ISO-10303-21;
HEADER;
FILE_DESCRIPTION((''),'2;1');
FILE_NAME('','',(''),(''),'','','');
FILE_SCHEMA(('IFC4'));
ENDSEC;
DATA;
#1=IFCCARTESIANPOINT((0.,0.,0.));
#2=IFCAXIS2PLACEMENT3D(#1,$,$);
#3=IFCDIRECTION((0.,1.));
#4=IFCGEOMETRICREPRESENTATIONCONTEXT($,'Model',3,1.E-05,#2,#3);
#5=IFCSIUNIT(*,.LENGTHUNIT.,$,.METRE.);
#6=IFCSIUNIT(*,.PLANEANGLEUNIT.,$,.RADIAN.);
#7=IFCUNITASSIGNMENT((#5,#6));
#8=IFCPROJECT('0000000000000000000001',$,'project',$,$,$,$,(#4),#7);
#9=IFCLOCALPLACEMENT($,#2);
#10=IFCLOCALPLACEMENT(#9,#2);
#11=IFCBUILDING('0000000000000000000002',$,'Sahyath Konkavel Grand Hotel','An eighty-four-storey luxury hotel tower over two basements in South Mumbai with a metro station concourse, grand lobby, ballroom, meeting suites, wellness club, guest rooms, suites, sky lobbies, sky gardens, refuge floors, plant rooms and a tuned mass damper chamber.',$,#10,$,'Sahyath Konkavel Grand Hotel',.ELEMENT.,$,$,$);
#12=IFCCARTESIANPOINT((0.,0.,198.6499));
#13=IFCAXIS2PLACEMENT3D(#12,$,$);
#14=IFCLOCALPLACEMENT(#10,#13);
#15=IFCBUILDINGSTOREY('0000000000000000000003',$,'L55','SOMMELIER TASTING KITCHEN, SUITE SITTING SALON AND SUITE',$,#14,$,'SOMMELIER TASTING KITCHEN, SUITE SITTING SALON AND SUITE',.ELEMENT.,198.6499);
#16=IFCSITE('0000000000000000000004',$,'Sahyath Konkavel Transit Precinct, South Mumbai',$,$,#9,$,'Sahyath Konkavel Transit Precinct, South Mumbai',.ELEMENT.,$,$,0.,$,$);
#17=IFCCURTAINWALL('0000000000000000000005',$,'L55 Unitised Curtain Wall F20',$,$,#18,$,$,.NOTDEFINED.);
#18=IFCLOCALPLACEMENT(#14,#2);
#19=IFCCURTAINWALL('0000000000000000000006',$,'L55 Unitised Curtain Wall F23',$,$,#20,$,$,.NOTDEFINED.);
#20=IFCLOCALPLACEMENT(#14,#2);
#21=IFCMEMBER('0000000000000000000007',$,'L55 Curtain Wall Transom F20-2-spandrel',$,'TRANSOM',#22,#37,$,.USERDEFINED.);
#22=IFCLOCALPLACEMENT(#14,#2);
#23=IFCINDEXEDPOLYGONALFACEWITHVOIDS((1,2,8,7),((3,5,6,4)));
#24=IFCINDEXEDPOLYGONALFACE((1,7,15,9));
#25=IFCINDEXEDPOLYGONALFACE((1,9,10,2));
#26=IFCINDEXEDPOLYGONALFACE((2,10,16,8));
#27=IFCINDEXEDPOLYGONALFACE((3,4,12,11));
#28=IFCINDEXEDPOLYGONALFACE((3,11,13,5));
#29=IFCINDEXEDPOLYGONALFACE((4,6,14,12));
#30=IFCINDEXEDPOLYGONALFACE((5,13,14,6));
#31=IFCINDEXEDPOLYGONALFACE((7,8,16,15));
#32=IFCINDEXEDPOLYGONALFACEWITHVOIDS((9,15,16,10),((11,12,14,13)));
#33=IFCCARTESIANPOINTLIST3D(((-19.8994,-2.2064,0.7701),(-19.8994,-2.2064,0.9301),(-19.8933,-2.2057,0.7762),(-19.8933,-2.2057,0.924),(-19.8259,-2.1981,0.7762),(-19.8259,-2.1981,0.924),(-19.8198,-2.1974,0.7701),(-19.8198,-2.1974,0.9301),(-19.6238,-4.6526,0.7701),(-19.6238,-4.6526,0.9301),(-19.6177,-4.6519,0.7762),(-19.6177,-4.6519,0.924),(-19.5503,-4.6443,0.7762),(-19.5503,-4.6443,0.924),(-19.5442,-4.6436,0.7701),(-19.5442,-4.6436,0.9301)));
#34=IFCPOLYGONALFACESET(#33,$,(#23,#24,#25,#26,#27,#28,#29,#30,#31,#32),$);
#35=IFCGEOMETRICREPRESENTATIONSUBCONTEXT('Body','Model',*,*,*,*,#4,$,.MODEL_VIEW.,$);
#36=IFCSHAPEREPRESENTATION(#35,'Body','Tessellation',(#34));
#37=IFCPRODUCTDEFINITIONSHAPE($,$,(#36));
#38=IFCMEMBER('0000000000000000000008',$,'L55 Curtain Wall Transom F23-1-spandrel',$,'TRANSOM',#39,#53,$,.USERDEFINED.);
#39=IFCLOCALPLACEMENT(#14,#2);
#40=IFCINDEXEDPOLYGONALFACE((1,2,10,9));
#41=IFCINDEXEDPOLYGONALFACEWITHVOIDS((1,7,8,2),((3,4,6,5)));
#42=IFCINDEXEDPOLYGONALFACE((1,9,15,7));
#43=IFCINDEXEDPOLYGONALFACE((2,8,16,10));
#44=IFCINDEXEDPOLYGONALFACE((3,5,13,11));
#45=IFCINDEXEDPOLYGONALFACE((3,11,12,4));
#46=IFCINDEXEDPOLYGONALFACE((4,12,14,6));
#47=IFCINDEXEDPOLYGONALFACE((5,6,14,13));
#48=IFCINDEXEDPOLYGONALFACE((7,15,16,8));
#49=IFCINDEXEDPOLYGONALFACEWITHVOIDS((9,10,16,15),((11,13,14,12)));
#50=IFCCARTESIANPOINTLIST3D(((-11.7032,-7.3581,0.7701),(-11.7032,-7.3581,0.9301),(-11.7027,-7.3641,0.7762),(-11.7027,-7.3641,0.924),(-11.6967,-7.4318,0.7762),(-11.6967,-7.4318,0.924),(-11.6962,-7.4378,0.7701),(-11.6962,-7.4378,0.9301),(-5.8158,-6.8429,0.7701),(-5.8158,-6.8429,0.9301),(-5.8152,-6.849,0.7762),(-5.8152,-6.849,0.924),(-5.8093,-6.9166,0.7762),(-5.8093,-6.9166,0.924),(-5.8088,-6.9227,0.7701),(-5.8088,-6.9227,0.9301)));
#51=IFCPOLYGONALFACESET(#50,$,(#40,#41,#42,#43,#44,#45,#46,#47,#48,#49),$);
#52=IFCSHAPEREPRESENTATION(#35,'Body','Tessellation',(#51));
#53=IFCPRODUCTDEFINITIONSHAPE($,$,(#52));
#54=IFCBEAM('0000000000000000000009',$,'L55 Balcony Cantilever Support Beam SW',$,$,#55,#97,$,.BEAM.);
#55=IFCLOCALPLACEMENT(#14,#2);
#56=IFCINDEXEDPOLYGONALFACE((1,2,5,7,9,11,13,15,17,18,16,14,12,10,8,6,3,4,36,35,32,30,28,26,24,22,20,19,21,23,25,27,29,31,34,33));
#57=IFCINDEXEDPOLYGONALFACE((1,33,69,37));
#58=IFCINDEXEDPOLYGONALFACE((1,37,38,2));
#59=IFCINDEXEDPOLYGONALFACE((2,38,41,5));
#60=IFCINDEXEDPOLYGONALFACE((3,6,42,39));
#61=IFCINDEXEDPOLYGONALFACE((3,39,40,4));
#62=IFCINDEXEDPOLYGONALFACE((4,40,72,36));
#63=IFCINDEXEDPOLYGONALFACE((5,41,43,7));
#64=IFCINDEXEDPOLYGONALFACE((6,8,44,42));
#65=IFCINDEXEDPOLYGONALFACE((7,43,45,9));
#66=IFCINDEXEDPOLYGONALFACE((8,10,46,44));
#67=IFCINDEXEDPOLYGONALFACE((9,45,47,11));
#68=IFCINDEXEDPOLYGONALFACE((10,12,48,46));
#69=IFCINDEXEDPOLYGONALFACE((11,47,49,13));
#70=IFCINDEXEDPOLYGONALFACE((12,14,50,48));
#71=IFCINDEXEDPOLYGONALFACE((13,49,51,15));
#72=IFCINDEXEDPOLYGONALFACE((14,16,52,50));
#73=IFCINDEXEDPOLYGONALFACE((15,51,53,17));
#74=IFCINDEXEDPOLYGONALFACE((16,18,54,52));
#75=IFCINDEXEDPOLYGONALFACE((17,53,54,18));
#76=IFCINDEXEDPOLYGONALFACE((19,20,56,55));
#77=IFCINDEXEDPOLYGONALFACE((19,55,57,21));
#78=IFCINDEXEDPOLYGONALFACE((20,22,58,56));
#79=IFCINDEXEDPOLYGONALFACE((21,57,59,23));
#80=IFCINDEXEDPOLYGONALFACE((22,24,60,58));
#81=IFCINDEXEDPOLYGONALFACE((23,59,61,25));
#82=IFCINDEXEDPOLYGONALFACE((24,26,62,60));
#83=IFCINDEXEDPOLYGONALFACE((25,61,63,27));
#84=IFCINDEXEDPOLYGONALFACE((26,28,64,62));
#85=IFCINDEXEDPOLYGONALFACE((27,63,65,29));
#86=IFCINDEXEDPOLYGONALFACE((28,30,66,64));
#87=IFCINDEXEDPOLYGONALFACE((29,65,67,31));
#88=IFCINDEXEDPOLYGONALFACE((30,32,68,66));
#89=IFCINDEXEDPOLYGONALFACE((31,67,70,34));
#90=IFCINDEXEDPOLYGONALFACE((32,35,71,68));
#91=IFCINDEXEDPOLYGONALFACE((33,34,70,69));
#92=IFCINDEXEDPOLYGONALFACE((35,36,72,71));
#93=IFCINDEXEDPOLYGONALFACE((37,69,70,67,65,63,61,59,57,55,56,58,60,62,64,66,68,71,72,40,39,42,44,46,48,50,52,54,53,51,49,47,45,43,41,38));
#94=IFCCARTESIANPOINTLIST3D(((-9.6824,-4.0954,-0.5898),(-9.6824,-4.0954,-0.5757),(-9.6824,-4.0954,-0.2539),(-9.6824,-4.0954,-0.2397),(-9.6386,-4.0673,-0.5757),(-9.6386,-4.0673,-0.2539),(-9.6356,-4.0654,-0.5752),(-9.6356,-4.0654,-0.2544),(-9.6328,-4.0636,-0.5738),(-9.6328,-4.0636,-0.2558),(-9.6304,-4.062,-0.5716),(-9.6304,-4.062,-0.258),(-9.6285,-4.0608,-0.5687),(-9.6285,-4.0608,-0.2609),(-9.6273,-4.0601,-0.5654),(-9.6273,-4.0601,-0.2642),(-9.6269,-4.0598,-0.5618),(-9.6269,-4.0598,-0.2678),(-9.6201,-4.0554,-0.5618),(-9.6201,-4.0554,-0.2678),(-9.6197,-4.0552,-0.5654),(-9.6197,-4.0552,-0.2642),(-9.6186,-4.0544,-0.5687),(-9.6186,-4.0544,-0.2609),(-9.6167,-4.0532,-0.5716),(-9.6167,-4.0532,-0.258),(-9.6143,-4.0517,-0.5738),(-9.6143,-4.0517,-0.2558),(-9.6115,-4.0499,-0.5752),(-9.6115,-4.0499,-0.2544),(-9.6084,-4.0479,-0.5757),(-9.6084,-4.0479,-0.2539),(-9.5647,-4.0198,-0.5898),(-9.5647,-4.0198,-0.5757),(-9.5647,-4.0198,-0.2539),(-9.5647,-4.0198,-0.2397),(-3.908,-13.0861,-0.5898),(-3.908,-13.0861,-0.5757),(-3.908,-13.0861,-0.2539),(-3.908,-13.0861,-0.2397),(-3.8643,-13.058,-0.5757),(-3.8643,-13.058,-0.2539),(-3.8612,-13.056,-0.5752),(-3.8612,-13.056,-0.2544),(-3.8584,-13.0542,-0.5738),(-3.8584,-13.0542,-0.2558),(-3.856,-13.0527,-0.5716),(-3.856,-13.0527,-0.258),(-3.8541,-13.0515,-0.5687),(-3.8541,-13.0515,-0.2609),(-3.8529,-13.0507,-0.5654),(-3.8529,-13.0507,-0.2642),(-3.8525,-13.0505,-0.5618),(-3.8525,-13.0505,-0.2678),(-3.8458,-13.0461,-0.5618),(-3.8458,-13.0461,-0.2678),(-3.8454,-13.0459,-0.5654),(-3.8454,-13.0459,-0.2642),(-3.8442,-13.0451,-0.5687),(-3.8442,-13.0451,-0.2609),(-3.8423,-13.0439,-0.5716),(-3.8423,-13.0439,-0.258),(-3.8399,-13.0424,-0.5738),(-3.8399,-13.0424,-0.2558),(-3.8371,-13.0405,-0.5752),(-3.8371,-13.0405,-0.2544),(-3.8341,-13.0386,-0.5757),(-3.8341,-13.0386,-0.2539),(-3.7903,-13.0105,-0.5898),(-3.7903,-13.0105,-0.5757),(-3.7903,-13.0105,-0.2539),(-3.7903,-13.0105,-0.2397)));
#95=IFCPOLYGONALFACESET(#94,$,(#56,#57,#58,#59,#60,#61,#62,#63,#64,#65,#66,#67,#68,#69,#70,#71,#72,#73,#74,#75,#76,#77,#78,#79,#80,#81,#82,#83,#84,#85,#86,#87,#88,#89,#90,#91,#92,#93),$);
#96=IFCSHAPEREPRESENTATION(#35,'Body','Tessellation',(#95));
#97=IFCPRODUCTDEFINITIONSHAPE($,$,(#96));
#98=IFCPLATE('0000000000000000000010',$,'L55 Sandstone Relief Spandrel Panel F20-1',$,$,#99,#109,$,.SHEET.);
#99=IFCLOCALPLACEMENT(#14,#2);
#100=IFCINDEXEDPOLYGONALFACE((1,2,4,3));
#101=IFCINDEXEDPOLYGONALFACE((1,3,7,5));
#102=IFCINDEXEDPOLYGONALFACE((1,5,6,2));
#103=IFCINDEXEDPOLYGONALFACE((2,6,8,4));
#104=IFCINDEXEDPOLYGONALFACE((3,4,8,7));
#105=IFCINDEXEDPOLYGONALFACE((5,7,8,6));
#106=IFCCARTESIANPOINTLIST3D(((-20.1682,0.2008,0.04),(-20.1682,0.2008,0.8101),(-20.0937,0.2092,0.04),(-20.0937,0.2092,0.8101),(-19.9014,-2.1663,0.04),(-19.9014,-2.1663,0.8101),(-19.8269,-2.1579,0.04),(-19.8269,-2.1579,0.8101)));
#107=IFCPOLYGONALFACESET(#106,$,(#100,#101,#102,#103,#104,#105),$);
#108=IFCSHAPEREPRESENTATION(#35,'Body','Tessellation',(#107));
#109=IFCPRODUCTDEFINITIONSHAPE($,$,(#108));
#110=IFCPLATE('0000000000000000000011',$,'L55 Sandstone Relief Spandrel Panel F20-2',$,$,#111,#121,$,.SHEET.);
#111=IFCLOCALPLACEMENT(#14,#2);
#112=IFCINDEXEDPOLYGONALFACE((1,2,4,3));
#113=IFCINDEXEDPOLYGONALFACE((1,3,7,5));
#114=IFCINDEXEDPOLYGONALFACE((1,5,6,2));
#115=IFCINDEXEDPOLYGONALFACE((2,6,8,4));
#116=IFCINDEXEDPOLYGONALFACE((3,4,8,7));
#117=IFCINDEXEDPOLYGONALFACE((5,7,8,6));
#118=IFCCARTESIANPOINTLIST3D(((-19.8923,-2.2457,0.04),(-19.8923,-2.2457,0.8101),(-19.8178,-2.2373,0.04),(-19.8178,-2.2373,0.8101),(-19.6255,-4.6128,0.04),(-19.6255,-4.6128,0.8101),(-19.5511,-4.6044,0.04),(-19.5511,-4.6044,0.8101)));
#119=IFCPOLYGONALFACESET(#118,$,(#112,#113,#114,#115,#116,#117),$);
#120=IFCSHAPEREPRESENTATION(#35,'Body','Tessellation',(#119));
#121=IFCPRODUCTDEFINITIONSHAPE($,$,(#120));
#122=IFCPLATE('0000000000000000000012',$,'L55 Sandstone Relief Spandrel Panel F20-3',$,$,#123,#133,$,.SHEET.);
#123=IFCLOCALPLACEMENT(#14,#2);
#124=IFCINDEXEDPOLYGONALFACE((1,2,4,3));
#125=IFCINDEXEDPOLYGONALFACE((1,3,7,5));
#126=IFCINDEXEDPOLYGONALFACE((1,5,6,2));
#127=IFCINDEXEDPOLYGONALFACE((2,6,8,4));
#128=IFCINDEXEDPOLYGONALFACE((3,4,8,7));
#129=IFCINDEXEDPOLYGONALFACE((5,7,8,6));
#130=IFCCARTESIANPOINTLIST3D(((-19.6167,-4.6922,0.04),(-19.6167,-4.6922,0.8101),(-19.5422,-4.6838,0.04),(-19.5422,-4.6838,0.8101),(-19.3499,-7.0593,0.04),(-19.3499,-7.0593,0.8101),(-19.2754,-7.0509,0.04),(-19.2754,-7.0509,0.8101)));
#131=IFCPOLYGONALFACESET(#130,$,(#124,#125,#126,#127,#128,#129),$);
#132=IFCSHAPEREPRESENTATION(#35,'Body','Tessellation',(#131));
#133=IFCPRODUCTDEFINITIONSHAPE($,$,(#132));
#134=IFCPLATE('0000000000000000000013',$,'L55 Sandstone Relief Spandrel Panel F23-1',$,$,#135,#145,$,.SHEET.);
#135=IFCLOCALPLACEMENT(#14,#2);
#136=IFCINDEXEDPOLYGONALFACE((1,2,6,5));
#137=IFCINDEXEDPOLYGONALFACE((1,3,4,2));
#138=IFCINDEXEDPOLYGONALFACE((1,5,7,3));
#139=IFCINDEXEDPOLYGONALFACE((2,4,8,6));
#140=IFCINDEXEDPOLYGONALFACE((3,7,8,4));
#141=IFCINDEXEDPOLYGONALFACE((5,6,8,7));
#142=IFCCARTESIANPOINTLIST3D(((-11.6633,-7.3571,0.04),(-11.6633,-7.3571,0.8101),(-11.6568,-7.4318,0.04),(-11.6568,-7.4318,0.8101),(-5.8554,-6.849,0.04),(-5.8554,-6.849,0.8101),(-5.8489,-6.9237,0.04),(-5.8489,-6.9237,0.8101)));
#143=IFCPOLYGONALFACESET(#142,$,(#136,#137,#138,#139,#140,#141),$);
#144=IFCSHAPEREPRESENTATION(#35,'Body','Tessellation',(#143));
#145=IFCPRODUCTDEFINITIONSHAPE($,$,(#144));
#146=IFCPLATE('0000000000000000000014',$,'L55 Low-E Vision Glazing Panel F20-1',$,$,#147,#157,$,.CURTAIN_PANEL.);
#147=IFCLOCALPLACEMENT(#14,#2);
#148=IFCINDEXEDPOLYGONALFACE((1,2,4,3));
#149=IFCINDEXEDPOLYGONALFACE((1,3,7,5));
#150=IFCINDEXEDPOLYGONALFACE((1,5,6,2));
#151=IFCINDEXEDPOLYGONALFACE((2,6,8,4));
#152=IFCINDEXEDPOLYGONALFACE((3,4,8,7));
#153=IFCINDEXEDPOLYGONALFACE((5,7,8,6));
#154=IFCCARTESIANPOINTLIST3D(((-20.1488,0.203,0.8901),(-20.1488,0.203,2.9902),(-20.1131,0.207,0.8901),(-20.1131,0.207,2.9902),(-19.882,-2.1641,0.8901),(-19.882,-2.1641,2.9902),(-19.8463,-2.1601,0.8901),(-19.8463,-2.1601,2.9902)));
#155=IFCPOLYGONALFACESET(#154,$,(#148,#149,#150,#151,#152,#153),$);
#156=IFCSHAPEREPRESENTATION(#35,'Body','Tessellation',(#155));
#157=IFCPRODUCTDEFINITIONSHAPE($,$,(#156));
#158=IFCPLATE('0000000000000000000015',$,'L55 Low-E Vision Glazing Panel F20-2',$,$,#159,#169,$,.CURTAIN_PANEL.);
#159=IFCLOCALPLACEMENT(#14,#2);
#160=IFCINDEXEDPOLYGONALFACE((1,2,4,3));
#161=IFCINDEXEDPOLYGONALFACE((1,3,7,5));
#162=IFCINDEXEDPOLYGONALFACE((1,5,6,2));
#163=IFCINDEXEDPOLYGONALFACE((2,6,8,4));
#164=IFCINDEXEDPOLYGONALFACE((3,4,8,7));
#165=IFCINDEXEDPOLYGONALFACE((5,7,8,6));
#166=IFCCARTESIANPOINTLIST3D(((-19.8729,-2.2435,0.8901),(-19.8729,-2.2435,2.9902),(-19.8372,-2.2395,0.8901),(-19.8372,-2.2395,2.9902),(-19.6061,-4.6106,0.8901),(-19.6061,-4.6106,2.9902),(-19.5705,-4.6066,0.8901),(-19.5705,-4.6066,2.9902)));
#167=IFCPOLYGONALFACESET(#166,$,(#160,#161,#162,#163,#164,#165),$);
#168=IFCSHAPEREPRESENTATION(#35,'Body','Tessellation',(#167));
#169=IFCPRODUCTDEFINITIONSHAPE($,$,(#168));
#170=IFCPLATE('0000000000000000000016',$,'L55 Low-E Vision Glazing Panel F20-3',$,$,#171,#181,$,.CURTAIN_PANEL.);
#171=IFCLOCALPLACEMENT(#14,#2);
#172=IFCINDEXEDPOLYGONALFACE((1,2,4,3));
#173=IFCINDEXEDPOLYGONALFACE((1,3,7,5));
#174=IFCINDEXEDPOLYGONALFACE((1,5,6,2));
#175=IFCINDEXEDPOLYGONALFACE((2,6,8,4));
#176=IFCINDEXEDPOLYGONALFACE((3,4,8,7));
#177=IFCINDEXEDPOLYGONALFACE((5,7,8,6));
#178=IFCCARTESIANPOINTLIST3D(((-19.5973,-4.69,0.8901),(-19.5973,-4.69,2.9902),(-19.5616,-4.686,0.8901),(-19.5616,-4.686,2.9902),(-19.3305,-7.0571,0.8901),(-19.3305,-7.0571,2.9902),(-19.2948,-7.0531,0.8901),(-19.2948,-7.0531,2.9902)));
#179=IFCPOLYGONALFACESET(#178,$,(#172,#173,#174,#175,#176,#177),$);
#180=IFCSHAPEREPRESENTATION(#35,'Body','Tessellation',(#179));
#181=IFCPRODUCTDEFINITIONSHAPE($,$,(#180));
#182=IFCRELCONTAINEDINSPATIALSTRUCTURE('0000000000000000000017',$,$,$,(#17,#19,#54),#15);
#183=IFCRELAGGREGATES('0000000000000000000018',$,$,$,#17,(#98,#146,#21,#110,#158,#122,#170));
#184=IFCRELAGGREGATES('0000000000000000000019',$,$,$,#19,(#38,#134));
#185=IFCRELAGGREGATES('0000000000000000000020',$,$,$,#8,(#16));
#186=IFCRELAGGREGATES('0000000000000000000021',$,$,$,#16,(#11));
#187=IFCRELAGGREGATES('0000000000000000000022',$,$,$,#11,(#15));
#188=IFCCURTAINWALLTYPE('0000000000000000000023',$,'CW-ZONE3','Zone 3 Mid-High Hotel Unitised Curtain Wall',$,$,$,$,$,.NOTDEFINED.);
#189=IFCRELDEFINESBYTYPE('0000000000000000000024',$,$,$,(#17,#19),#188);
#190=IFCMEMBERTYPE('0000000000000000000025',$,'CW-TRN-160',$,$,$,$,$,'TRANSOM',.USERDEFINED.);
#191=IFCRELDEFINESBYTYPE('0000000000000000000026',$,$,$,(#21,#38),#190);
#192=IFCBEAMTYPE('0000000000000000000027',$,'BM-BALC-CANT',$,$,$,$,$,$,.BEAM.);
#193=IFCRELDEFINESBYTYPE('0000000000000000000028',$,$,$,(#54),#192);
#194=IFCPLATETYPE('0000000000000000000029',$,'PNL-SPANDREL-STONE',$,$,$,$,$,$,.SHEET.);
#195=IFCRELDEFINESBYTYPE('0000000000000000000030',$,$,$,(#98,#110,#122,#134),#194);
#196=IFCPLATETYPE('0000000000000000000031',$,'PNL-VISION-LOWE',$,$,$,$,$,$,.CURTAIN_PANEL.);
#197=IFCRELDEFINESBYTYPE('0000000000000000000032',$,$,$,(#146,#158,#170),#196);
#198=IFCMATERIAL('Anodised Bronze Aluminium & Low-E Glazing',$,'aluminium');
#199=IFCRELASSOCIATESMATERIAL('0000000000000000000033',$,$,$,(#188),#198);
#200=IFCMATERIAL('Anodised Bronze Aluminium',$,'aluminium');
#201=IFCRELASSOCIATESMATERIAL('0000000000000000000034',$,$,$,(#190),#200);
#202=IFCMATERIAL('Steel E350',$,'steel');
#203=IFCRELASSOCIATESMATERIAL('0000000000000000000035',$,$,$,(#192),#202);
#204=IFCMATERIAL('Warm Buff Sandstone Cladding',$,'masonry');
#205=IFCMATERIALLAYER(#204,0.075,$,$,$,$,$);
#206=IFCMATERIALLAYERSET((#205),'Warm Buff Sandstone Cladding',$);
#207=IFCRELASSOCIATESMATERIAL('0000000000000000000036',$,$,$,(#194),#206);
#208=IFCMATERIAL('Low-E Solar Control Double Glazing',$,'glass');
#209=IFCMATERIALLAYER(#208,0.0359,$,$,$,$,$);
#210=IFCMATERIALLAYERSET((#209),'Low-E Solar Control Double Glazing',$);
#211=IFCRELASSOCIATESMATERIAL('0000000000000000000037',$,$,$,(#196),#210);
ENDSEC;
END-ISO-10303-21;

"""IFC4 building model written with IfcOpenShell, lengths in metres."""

from ifc_helpers import new_model, si_unit, direction, frame, origin, origin_2d, place, context, subcontext, project, spatial, rectangle, hollow_rectangle, i_section, extrude, source, transform, mapped, material, layer, layer_set, material_profile, profile_set, type_object, element, aggregate, save


model = new_model("IFC4")

# Units and contexts
model_context = context("Model", 3, precision=1e-05, world=origin(), true_north=direction((0.0, 1.0)))
body_context = subcontext(model_context, "Body", "Model", "MODEL_VIEW")
ifc_project = project(units=[si_unit("LENGTHUNIT", "METRE"), si_unit("PLANEANGLEUNIT", "RADIAN")], contexts=[model_context])

# Site, building, storey
site_placement = place(None, origin())
site = spatial("IfcSite", under=ifc_project, at=site_placement, Name="Sahyath Konkavel Transit Precinct, South Mumbai", LongName="Sahyath Konkavel Transit Precinct, South Mumbai", CompositionType="ELEMENT", RefElevation=0.0)
building_placement = place(site_placement, origin())
building = spatial("IfcBuilding", under=site, at=building_placement, Name="Sahyath Konkavel Grand Hotel", Description="An eighty-four-storey luxury hotel tower over two basements in South Mumbai with a metro station concourse, grand lobby, ballroom, meeting suites, wellness club, guest rooms, suites, sky lobbies, sky gardens, refuge floors, plant rooms and a tuned mass damper chamber.", LongName="Sahyath Konkavel Grand Hotel", CompositionType="ELEMENT")
storey_placement = place(building_placement, frame((0.0, 0.0, 198.6499)))
storey = spatial("IfcBuildingStorey", under=building, at=storey_placement, Name="L55", Description="SOMMELIER TASTING KITCHEN, SUITE SITTING SALON AND SUITE", LongName="SOMMELIER TASTING KITCHEN, SUITE SITTING SALON AND SUITE", CompositionType="ELEMENT", Elevation=198.6499)

# Shared definitions
ifc_material_1 = material(Name="Steel E350", Category="steel")

# Curtain wall
ifc_material_2 = material(Name="Anodised Bronze Aluminium & Low-E Glazing", Category="aluminium")
curtain_wall_type = type_object("IfcCurtainWallType", Name="CW-ZONE3", Description="Zone 3 Mid-High Hotel Unitised Curtain Wall", PredefinedType="NOTDEFINED", material=ifc_material_2)
curtain_wall_1_placement = place(storey_placement, origin())
curtain_wall_1 = element("IfcCurtainWall", 1, at=curtain_wall_1_placement, inside=storey, type_object=curtain_wall_type, Name="L55 Unitised Curtain Wall F20", PredefinedType="NOTDEFINED")
ifc_material_3 = material(Name="Anodised Bronze Aluminium", Category="aluminium")

# Curtain wall
curtain_wall_2_placement = place(storey_placement, origin())
curtain_wall_2 = element("IfcCurtainWall", 2, at=curtain_wall_2_placement, inside=storey, type_object=curtain_wall_type, Name="L55 Unitised Curtain Wall F23", PredefinedType="NOTDEFINED")

# Members
ifc_material_profile_1 = material_profile(ifc_material_3, hollow_rectangle(XDim=0.0801, YDim=0.1599, WallThickness=0.0061, at=origin_2d()), Name="RHS 160x80x6")
ifc_profile_set_1 = profile_set([ifc_material_profile_1], Name="Anodised Bronze Aluminium")
member_type_1 = type_object("IfcMemberType", Name="CW-TRN-160", ElementType="TRANSOM", PredefinedType="USERDEFINED", material=ifc_profile_set_1)
shared_shape_1 = source(origin(), body_context, "Body", "SweptSolid", [
    extrude(hollow_rectangle(XDim=0.0801, YDim=0.1599, WallThickness=0.0061, at=origin_2d()), origin(), (0.0, 0.0, 1.0), 2.4617),
])
member_1_placement = place(storey_placement, frame((-19.8596, -2.2019, 0.8501), z_axis=(0.111966, -0.993712, 0.0), x_axis=(0.993712, 0.111966, 0.0)))
member_1 = element("IfcMember", 3, at=member_1_placement, type_object=member_type_1, Name="L55 Curtain Wall Transom F20-2-spandrel", ObjectType="TRANSOM", PredefinedType="USERDEFINED", context=body_context, shape_type="MappedRepresentation", body=[
    mapped(shared_shape_1, transform((0.0, 0.0, 0.0), scale=1.0)),
])
shared_shape_2 = source(origin(), body_context, "Body", "SweptSolid", [
    extrude(hollow_rectangle(XDim=0.0801, YDim=0.1599, WallThickness=0.0061, at=origin_2d()), origin(), (0.0, 0.0, 1.0), 5.9099),
])
member_2_placement = place(storey_placement, frame((-11.6997, -7.3979, 0.8501), z_axis=(0.996194, 0.087164, 0.0), x_axis=(-0.087164, 0.996194, 0.0)))
member_2 = element("IfcMember", 4, at=member_2_placement, type_object=member_type_1, Name="L55 Curtain Wall Transom F23-1-spandrel", ObjectType="TRANSOM", PredefinedType="USERDEFINED", context=body_context, shape_type="MappedRepresentation", body=[
    mapped(shared_shape_2, transform((0.0, 0.0, 0.0), scale=1.0)),
])

# Beam
ifc_material_profile_2 = material_profile(ifc_material_1, i_section(OverallWidth=0.1399, OverallDepth=0.3501, WebThickness=0.0081, FlangeThickness=0.0142, FilletRadius=0.0139, at=origin_2d()), Name="ISMB 350")
ifc_profile_set_2 = profile_set([ifc_material_profile_2], Name="Steel E350")
beam_type_1 = type_object("IfcBeamType", Name="BM-BALC-CANT", PredefinedType="BEAM", material=ifc_profile_set_2)
shared_shape_3 = source(origin(), body_context, "Body", "SweptSolid", [
    extrude(i_section(OverallWidth=0.1399, OverallDepth=0.3501, WebThickness=0.0081, FlangeThickness=0.0142, FilletRadius=0.0139, at=origin_2d()), origin(), (0.0, 0.0, 1.0), 10.6853),
])
beam_1_placement = place(storey_placement, frame((-9.6235, -4.0576, -0.4148), z_axis=(0.540404, -0.841406, 0.0), x_axis=(0.841406, 0.540404, 0.0)))
element("IfcBeam", 5, at=beam_1_placement, inside=storey, type_object=beam_type_1, Name="L55 Balcony Cantilever Support Beam SW", PredefinedType="BEAM", context=body_context, shape_type="MappedRepresentation", body=[
    mapped(shared_shape_3, transform((0.0, 0.0, 0.0), scale=1.0)),
])

# Plates
ifc_material_4 = material(Name="Warm Buff Sandstone Cladding", Category="masonry")
ifc_layer_1 = layer(ifc_material_4, 0.075)
ifc_layer_set_1 = layer_set([ifc_layer_1], Name="Warm Buff Sandstone Cladding")
plate_type_1 = type_object("IfcPlateType", Name="PNL-SPANDREL-STONE", PredefinedType="SHEET", material=ifc_layer_set_1)
shared_shape_4 = source(origin(), body_context, "Body", "SweptSolid", [
    extrude(rectangle(XDim=2.3821, YDim=0.075, at=origin_2d()), origin(), (0.0, 0.0, 1.0), 0.77),
])
plate_1_placement = place(storey_placement, frame((-19.9976, -0.9785, 0.04), z_axis=(0.0, 0.0, 1.0), x_axis=(0.111989, -0.993709, 0.0)))
plate_1 = element("IfcPlate", 6, at=plate_1_placement, type_object=plate_type_1, Name="L55 Sandstone Relief Spandrel Panel F20-1", PredefinedType="SHEET", context=body_context, shape_type="MappedRepresentation", body=[
    mapped(shared_shape_4, transform((0.0, 0.0, 0.0), scale=1.0)),
])
plate_2_placement = place(storey_placement, frame((-19.7217, -3.425, 0.04), z_axis=(0.0, 0.0, 1.0), x_axis=(0.111989, -0.993709, 0.0)))
plate_2 = element("IfcPlate", 7, at=plate_2_placement, type_object=plate_type_1, Name="L55 Sandstone Relief Spandrel Panel F20-2", PredefinedType="SHEET", context=body_context, shape_type="MappedRepresentation", body=[
    mapped(shared_shape_4, transform((0.0, 0.0, 0.0), scale=1.0)),
])
plate_3_placement = place(storey_placement, frame((-19.446, -5.8716, 0.04), z_axis=(0.0, 0.0, 1.0), x_axis=(0.111989, -0.993709, 0.0)))
plate_3 = element("IfcPlate", 8, at=plate_3_placement, type_object=plate_type_1, Name="L55 Sandstone Relief Spandrel Panel F20-3", PredefinedType="SHEET", context=body_context, shape_type="MappedRepresentation", body=[
    mapped(shared_shape_4, transform((0.0, 0.0, 0.0), scale=1.0)),
])
shared_shape_5 = source(origin(), body_context, "Body", "SweptSolid", [
    extrude(rectangle(XDim=5.8301, YDim=0.075, at=origin_2d()), origin(), (0.0, 0.0, 1.0), 0.77),
])
plate_4_placement = place(storey_placement, frame((-8.7561, -7.1404, 0.04), z_axis=(0.0, 0.0, 1.0), x_axis=(0.996195, 0.087156, 0.0)))
plate_4 = element("IfcPlate", 9, at=plate_4_placement, type_object=plate_type_1, Name="L55 Sandstone Relief Spandrel Panel F23-1", PredefinedType="SHEET", context=body_context, shape_type="MappedRepresentation", body=[
    mapped(shared_shape_5, transform((0.0, 0.0, 0.0), scale=1.0)),
])
ifc_material_5 = material(Name="Low-E Solar Control Double Glazing", Category="glass")
ifc_layer_2 = layer(ifc_material_5, 0.0359)
ifc_layer_set_2 = layer_set([ifc_layer_2], Name="Low-E Solar Control Double Glazing")
plate_type_2 = type_object("IfcPlateType", Name="PNL-VISION-LOWE", PredefinedType="CURTAIN_PANEL", material=ifc_layer_set_2)
shared_shape_6 = source(origin(), body_context, "Body", "SweptSolid", [
    extrude(rectangle(XDim=2.3821, YDim=0.0359, at=origin_2d()), origin(), (0.0, 0.0, 1.0), 2.1001),
])
plate_5_placement = place(storey_placement, frame((-19.9976, -0.9785, 0.8901), z_axis=(0.0, 0.0, 1.0), x_axis=(0.111989, -0.993709, 0.0)))
plate_5 = element("IfcPlate", 10, at=plate_5_placement, type_object=plate_type_2, Name="L55 Low-E Vision Glazing Panel F20-1", PredefinedType="CURTAIN_PANEL", context=body_context, shape_type="MappedRepresentation", body=[
    mapped(shared_shape_6, transform((0.0, 0.0, 0.0), scale=1.0)),
])
plate_6_placement = place(storey_placement, frame((-19.7217, -3.425, 0.8901), z_axis=(0.0, 0.0, 1.0), x_axis=(0.111989, -0.993709, 0.0)))
plate_6 = element("IfcPlate", 11, at=plate_6_placement, type_object=plate_type_2, Name="L55 Low-E Vision Glazing Panel F20-2", PredefinedType="CURTAIN_PANEL", context=body_context, shape_type="MappedRepresentation", body=[
    mapped(shared_shape_6, transform((0.0, 0.0, 0.0), scale=1.0)),
])
plate_7_placement = place(storey_placement, frame((-19.446, -5.8716, 0.8901), z_axis=(0.0, 0.0, 1.0), x_axis=(0.111989, -0.993709, 0.0)))
plate_7 = element("IfcPlate", 12, at=plate_7_placement, type_object=plate_type_2, Name="L55 Low-E Vision Glazing Panel F20-3", PredefinedType="CURTAIN_PANEL", context=body_context, shape_type="MappedRepresentation", body=[
    mapped(shared_shape_6, transform((0.0, 0.0, 0.0), scale=1.0)),
])
aggregate(curtain_wall_1, [plate_1, plate_5, member_1, plate_2, plate_6, plate_3, plate_7])
aggregate(curtain_wall_2, [member_2, plate_4])

save(model, "model.ifc")
